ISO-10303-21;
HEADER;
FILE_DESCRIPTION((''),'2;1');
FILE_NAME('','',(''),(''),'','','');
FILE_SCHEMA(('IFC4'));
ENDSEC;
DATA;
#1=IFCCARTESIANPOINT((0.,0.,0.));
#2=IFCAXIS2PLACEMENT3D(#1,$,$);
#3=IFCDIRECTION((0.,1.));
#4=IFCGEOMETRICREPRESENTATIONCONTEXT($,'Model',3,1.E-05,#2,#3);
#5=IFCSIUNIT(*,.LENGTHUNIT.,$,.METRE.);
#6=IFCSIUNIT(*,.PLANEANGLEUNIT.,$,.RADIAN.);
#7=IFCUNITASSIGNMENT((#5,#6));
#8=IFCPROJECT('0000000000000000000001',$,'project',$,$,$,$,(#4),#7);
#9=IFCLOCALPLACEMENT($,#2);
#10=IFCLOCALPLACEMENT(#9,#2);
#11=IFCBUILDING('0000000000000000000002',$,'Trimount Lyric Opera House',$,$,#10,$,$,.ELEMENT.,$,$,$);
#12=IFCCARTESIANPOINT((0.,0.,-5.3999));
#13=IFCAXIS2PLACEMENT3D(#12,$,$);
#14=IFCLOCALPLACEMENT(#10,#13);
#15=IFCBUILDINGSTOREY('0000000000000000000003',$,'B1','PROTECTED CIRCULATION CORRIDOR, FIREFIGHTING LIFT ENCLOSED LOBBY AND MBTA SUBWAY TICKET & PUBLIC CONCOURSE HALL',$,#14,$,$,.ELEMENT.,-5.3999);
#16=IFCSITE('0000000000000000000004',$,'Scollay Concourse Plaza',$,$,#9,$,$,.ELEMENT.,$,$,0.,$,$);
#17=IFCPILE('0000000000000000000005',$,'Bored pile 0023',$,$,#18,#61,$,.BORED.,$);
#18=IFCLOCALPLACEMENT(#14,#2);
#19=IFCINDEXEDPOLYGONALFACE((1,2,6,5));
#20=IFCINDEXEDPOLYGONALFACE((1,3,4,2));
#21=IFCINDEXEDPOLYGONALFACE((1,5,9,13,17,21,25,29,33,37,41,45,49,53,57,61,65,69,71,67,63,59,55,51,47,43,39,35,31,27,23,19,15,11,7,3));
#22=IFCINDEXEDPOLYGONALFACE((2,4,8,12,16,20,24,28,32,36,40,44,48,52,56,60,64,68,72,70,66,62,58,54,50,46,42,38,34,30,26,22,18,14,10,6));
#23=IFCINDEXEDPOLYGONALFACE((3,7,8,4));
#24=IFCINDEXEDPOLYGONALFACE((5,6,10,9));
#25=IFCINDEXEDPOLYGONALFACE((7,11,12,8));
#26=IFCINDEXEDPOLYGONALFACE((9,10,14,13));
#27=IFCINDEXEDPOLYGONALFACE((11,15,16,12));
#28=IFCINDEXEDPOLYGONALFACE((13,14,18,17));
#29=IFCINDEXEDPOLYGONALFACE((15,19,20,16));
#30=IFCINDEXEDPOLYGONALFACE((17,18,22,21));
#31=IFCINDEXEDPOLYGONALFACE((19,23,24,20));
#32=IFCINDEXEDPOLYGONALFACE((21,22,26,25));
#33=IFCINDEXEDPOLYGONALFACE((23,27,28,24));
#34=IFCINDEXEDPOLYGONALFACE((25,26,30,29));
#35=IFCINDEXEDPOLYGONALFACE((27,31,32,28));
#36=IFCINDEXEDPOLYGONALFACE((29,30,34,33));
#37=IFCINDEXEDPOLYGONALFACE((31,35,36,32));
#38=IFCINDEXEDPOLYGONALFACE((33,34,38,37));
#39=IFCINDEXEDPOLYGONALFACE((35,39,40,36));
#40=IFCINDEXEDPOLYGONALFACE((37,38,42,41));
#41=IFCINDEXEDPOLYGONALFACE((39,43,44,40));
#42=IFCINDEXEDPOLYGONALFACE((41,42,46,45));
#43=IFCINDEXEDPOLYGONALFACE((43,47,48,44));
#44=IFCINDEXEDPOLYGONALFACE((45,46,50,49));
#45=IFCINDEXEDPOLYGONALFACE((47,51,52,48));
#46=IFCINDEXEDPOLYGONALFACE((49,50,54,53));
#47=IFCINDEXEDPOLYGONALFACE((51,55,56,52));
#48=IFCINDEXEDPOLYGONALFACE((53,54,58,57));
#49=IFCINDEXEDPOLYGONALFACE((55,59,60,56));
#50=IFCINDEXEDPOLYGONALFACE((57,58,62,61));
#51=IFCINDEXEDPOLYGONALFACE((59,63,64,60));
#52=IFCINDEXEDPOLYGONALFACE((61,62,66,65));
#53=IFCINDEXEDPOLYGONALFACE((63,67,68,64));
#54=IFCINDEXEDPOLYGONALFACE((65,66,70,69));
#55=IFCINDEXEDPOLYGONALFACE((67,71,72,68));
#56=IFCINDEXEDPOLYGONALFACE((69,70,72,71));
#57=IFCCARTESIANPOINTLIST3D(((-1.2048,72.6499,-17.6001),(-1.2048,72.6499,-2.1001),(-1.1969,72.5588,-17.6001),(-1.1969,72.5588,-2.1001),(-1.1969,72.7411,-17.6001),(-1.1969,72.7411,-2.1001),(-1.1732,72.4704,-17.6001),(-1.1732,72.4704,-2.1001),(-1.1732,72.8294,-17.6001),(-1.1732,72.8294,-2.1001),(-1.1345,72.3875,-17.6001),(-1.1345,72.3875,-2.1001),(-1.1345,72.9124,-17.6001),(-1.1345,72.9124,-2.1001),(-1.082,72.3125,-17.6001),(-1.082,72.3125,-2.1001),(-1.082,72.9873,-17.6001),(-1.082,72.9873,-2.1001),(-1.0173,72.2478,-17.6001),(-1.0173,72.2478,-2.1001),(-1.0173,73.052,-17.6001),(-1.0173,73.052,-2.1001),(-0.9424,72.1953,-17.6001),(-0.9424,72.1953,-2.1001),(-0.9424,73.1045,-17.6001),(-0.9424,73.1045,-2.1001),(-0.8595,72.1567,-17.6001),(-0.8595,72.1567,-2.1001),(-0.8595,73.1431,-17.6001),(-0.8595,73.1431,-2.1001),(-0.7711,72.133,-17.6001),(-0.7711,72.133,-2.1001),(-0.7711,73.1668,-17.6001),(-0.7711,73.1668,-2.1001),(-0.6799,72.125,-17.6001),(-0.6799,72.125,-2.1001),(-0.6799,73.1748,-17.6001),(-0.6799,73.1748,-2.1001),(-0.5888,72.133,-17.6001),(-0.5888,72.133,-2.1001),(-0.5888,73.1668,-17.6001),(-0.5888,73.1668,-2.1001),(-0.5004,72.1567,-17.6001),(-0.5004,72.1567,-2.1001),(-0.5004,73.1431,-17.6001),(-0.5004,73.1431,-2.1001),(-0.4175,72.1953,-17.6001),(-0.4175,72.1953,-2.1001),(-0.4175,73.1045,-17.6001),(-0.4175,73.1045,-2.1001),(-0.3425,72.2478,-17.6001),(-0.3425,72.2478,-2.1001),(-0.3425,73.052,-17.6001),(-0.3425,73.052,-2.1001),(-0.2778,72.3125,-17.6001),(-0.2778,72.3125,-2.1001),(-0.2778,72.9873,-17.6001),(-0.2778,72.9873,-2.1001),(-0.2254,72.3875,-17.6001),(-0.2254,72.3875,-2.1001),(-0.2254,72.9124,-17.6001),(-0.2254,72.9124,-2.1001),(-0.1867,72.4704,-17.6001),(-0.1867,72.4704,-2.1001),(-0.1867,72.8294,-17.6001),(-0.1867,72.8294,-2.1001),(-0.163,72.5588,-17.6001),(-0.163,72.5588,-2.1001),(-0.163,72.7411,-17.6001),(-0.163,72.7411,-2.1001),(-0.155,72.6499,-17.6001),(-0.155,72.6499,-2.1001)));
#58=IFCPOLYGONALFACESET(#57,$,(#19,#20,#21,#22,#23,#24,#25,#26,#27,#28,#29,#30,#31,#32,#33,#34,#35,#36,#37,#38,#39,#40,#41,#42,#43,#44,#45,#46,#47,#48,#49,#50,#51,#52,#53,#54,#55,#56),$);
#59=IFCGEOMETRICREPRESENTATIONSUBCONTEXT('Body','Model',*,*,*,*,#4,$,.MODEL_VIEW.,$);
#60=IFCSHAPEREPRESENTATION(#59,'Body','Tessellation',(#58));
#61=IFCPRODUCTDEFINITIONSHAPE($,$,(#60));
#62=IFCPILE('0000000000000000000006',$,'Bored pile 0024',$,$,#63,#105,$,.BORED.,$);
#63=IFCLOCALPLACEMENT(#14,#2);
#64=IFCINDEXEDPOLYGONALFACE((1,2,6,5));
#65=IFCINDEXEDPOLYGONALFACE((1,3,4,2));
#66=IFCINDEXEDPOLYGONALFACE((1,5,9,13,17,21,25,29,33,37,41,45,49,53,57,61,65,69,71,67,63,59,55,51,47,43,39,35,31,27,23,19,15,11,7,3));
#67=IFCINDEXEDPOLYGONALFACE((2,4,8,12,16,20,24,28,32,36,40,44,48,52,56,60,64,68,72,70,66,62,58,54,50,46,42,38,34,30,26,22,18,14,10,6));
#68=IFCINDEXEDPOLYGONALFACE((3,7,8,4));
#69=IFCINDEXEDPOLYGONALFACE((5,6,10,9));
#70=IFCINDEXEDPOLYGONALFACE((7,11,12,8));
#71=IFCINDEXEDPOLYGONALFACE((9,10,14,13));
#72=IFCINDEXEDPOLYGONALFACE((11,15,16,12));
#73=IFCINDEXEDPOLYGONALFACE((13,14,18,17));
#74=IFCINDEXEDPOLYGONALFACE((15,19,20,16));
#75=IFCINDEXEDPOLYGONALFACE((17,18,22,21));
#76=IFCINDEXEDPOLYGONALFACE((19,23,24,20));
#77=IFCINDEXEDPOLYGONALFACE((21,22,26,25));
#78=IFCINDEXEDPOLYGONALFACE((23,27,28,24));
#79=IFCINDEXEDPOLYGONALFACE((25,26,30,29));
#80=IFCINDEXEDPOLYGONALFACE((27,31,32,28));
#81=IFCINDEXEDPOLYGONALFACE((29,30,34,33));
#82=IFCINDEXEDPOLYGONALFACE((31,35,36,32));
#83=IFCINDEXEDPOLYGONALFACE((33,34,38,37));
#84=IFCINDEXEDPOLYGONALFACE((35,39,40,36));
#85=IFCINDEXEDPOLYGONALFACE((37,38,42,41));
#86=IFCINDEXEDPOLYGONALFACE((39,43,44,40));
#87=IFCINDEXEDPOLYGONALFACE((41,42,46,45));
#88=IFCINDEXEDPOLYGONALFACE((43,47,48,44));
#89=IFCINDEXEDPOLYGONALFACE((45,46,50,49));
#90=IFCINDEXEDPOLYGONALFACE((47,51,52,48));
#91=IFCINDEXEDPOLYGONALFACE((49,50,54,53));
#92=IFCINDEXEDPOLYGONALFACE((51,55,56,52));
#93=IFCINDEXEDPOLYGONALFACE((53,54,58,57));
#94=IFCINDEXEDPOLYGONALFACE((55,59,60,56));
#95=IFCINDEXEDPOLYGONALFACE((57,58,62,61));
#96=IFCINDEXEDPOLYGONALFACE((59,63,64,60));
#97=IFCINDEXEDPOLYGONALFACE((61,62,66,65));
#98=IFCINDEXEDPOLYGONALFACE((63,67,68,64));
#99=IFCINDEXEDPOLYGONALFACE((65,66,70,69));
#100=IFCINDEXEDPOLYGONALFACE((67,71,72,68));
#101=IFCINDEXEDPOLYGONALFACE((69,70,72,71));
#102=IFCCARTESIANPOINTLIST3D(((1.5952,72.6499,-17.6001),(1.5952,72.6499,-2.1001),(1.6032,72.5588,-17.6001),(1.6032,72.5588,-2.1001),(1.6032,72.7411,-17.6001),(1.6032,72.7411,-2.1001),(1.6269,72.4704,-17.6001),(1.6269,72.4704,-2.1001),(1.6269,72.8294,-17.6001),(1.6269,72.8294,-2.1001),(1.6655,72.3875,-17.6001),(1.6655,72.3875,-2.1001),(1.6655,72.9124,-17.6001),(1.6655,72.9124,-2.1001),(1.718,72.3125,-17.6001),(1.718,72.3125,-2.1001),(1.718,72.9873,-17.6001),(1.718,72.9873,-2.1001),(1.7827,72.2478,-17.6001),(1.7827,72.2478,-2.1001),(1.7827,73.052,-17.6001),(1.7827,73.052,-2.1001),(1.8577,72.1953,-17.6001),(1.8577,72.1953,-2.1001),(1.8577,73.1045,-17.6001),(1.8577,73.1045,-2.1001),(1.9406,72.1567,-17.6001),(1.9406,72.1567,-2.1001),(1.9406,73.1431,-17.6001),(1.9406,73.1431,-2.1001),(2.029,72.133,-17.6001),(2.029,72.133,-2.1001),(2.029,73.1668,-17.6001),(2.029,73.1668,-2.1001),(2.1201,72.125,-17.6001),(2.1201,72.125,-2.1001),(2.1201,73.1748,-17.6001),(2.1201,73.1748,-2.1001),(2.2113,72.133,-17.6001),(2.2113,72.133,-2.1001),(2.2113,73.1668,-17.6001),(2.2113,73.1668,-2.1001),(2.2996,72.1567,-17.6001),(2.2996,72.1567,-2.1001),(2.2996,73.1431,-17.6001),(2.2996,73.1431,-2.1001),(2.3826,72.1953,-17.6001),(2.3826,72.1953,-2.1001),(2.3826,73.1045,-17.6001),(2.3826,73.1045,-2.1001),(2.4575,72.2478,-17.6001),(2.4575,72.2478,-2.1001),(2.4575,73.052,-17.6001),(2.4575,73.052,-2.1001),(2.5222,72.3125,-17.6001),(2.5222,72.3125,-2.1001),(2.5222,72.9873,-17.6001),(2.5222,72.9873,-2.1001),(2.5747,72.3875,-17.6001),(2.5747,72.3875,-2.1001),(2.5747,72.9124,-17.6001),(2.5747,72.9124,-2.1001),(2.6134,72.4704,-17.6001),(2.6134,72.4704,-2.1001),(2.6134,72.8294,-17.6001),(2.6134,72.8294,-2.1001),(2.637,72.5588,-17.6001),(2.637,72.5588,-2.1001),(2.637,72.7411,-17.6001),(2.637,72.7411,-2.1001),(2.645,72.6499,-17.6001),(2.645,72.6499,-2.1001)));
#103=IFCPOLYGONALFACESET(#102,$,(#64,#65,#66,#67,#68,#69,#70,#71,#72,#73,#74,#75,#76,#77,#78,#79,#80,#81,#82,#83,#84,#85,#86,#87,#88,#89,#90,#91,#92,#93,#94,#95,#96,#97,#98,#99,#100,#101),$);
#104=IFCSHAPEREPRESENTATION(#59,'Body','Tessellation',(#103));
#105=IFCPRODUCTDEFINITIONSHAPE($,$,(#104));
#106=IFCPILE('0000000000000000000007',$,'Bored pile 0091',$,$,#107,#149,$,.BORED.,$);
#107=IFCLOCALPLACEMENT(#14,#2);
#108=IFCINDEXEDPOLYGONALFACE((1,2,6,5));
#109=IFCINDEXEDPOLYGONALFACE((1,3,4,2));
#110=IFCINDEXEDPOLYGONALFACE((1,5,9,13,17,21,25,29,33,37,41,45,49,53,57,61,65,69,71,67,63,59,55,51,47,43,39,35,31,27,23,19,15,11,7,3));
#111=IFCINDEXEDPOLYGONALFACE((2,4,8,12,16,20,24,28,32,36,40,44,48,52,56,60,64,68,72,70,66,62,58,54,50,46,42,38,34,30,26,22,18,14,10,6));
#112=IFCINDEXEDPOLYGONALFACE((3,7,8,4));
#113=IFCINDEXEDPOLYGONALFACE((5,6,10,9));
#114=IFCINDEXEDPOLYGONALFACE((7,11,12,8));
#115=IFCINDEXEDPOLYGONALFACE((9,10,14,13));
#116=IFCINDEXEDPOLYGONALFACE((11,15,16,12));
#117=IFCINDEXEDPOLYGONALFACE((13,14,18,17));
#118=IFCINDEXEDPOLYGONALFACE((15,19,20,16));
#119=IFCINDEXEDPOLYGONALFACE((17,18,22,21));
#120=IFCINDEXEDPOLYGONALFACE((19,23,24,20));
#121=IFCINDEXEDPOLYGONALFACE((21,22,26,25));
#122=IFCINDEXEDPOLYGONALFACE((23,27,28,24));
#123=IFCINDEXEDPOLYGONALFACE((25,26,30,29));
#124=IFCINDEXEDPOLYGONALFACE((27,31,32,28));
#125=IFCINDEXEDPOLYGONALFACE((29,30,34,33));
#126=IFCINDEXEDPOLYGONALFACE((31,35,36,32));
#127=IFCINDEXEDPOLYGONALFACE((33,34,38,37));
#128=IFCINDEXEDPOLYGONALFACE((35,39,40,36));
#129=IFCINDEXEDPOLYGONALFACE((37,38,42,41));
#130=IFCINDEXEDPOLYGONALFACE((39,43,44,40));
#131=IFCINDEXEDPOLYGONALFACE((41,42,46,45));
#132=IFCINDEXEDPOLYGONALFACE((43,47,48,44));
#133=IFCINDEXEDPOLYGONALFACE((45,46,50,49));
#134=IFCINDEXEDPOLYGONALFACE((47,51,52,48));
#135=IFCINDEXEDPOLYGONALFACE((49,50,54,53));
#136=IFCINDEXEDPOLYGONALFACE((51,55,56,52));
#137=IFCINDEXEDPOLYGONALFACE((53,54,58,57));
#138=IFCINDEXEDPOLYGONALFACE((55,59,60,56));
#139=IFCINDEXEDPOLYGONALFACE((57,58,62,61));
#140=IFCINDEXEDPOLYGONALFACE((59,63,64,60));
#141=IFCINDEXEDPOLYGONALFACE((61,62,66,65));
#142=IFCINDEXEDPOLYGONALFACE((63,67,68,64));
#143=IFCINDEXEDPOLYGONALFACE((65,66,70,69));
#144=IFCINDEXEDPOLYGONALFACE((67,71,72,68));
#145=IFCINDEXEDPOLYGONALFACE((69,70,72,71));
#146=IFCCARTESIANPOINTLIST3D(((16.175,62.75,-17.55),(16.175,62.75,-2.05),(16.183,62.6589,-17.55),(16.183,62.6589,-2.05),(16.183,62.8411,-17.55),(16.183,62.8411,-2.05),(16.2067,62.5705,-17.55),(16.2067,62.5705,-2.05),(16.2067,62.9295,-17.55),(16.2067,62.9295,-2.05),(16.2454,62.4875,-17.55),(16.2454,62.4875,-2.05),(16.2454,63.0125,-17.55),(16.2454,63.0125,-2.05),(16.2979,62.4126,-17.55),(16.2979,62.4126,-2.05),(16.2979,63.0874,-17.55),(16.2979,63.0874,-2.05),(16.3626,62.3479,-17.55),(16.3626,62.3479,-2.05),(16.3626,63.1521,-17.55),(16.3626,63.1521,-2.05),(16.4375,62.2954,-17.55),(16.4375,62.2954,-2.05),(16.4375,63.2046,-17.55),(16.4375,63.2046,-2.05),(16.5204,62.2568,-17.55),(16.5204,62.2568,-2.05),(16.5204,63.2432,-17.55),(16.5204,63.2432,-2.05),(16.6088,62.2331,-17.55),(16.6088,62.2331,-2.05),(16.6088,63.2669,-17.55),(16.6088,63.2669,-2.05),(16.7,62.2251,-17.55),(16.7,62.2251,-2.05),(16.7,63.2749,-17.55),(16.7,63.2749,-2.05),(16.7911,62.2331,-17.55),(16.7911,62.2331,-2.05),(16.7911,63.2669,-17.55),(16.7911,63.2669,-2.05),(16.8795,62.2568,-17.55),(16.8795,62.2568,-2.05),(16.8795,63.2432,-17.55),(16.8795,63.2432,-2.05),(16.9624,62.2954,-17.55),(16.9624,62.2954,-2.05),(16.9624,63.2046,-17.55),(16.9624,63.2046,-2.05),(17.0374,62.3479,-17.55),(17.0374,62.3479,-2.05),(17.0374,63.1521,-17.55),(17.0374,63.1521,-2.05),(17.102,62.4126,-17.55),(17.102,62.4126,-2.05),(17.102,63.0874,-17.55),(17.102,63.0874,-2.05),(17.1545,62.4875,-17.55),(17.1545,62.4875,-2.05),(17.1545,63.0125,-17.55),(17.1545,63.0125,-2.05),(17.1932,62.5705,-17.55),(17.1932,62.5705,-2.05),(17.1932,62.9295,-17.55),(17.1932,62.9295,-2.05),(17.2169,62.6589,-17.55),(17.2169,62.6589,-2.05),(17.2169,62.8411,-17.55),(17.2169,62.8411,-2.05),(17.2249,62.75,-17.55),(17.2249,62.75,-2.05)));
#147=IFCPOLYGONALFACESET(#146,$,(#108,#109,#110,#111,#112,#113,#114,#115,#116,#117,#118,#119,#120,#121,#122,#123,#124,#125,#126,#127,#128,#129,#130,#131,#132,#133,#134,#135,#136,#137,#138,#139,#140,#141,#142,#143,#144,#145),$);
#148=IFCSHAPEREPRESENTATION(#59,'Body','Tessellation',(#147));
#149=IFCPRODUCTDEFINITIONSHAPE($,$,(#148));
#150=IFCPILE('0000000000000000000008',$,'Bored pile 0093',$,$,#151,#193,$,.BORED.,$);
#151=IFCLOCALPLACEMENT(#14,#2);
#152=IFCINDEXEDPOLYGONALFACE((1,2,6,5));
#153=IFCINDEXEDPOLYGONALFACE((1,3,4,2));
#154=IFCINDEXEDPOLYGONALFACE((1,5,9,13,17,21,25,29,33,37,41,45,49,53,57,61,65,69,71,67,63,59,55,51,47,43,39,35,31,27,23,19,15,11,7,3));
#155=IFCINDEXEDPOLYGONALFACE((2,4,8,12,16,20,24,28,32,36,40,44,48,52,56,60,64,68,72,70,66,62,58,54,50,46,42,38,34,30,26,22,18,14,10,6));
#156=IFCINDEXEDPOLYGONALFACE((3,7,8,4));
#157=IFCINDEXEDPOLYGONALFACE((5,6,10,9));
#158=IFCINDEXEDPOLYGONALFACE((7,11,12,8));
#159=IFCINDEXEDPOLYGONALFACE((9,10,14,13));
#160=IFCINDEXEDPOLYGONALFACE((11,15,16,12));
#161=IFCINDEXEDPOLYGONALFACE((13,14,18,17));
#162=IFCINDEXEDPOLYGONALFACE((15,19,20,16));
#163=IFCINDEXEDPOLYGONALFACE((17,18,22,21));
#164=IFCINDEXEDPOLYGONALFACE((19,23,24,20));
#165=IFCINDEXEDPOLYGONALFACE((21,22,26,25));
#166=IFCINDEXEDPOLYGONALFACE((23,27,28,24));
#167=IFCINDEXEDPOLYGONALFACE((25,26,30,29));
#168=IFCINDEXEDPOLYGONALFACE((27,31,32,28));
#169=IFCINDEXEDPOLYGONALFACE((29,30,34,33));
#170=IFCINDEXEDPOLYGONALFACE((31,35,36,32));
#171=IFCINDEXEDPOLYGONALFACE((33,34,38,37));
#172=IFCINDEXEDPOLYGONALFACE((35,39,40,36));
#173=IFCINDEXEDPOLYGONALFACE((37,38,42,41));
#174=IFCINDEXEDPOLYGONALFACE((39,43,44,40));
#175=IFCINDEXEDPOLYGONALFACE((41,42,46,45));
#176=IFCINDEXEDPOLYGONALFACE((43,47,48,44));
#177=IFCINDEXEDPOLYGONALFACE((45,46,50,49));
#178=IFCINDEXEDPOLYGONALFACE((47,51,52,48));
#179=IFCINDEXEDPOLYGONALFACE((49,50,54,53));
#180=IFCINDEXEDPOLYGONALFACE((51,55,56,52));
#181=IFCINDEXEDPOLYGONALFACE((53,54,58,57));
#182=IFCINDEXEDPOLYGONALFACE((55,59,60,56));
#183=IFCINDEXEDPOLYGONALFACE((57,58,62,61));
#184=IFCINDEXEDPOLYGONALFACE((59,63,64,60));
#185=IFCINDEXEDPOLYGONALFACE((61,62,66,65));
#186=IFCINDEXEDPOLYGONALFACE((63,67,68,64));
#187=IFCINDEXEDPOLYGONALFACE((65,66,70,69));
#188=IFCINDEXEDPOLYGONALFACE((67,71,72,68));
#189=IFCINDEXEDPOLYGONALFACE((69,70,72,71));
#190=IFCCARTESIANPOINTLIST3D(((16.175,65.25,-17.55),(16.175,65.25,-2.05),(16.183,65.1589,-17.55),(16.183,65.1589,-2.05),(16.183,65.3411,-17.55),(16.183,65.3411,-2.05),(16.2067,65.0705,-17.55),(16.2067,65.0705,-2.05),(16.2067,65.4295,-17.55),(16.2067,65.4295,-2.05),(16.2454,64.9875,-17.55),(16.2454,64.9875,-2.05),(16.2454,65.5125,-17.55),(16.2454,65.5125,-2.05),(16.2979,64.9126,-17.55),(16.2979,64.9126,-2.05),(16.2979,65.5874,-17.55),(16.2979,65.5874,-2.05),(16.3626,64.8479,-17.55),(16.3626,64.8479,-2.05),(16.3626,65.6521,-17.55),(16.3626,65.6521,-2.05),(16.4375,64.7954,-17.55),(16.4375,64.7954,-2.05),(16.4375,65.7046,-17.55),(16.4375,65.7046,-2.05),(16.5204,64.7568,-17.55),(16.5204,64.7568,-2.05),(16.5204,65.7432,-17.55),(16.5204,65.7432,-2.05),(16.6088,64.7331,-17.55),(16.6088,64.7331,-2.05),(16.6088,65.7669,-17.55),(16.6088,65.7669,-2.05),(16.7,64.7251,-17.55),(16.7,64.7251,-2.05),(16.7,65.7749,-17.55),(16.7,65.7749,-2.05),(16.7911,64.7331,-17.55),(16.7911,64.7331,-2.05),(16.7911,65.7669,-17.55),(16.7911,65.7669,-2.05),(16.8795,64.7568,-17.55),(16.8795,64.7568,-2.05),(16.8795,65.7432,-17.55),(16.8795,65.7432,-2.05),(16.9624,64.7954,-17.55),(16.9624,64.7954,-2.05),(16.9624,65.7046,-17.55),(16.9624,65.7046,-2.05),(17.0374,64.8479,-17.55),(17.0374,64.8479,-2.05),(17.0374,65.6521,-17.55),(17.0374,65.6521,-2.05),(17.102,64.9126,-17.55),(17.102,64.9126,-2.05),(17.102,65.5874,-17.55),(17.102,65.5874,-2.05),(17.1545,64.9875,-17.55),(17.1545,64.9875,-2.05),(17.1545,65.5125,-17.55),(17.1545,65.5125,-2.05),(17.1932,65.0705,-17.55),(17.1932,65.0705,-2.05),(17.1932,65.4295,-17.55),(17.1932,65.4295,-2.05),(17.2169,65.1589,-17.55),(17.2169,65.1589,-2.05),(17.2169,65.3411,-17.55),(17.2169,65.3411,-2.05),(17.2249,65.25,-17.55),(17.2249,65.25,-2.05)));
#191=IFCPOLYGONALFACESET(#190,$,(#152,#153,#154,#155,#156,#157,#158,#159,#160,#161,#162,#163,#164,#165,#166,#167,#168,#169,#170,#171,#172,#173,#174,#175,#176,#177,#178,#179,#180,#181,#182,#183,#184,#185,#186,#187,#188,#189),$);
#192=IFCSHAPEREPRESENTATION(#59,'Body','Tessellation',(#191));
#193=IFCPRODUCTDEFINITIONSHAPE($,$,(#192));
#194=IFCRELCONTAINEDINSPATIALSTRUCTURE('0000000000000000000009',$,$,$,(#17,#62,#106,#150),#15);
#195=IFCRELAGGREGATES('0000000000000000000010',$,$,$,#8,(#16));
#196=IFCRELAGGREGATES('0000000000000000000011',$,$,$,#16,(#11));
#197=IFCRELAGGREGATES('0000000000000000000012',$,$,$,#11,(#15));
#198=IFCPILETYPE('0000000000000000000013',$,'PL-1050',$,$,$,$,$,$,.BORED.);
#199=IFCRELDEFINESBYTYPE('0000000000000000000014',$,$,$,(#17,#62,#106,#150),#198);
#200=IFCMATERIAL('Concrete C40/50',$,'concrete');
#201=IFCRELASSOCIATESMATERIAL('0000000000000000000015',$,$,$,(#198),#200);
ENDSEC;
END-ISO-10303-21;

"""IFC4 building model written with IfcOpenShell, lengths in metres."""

from ifc_helpers import new_model, si_unit, direction, frame, origin, origin_2d, place, context, subcontext, project, spatial, circle, extrude, material, material_profile, profile_set, type_object, element, save


model = new_model("IFC4")

# Units and contexts
model_context = context("Model", 3, precision=1e-05, world=origin(), true_north=direction((0.0, 1.0)))
body_context = subcontext(model_context, "Body", "Model", "MODEL_VIEW")
ifc_project = project(units=[si_unit("LENGTHUNIT", "METRE"), si_unit("PLANEANGLEUNIT", "RADIAN")], contexts=[model_context])

# Site, building, storey
site_placement = place(None, origin())
site = spatial("IfcSite", under=ifc_project, at=site_placement, Name="Scollay Concourse Plaza", CompositionType="ELEMENT", RefElevation=0.0)
building_placement = place(site_placement, origin())
building = spatial("IfcBuilding", under=site, at=building_placement, Name="Trimount Lyric Opera House", CompositionType="ELEMENT")
storey_placement = place(building_placement, frame((0.0, 0.0, -5.3999)))
storey = spatial("IfcBuildingStorey", under=building, at=storey_placement, Name="B1", Description="PROTECTED CIRCULATION CORRIDOR, FIREFIGHTING LIFT ENCLOSED LOBBY AND MBTA SUBWAY TICKET & PUBLIC CONCOURSE HALL", CompositionType="ELEMENT", Elevation=-5.3999)

# Piles
ifc_material_1 = material(Name="Concrete C40/50", Category="concrete")
ifc_material_profile_1 = material_profile(ifc_material_1, circle(Radius=0.5249, at=origin_2d()), Name="PILE-D1050")
ifc_profile_set_1 = profile_set([ifc_material_profile_1], Name="Concrete C40/50")
pile_type_1 = type_object("IfcPileType", Name="PL-1050", PredefinedType="BORED", material=ifc_profile_set_1)
for number, where, z_axis, x_axis, name in (
    (1, (-0.6799, 72.6499, -2.1001), (0.0, 0.0, -1.0), (1.0, 0.0, 0.0), "Bored pile 0023"),
    (2, (2.1201, 72.6499, -2.1001), (0.0, 0.0, -1.0), (1.0, 0.0, 0.0), "Bored pile 0024"),
    (3, (16.7, 62.75, -2.05), (0.0, 0.0, -1.0), (1.0, 0.0, 0.0), "Bored pile 0091"),
    (4, (16.7, 65.25, -2.05), (0.0, 0.0, -1.0), (1.0, 0.0, 0.0), "Bored pile 0093"),
):
    element("IfcPile", number, at=place(storey_placement, frame(where, z_axis=z_axis, x_axis=x_axis)), inside=storey, type_object=pile_type_1, Name=name, PredefinedType="BORED", context=body_context, shape_type="SweptSolid", body=[
        extrude(circle(Radius=0.5249, at=origin_2d()), origin(), (0.0, 0.0, 1.0), 15.5),
    ])

save(model, "model.ifc")
